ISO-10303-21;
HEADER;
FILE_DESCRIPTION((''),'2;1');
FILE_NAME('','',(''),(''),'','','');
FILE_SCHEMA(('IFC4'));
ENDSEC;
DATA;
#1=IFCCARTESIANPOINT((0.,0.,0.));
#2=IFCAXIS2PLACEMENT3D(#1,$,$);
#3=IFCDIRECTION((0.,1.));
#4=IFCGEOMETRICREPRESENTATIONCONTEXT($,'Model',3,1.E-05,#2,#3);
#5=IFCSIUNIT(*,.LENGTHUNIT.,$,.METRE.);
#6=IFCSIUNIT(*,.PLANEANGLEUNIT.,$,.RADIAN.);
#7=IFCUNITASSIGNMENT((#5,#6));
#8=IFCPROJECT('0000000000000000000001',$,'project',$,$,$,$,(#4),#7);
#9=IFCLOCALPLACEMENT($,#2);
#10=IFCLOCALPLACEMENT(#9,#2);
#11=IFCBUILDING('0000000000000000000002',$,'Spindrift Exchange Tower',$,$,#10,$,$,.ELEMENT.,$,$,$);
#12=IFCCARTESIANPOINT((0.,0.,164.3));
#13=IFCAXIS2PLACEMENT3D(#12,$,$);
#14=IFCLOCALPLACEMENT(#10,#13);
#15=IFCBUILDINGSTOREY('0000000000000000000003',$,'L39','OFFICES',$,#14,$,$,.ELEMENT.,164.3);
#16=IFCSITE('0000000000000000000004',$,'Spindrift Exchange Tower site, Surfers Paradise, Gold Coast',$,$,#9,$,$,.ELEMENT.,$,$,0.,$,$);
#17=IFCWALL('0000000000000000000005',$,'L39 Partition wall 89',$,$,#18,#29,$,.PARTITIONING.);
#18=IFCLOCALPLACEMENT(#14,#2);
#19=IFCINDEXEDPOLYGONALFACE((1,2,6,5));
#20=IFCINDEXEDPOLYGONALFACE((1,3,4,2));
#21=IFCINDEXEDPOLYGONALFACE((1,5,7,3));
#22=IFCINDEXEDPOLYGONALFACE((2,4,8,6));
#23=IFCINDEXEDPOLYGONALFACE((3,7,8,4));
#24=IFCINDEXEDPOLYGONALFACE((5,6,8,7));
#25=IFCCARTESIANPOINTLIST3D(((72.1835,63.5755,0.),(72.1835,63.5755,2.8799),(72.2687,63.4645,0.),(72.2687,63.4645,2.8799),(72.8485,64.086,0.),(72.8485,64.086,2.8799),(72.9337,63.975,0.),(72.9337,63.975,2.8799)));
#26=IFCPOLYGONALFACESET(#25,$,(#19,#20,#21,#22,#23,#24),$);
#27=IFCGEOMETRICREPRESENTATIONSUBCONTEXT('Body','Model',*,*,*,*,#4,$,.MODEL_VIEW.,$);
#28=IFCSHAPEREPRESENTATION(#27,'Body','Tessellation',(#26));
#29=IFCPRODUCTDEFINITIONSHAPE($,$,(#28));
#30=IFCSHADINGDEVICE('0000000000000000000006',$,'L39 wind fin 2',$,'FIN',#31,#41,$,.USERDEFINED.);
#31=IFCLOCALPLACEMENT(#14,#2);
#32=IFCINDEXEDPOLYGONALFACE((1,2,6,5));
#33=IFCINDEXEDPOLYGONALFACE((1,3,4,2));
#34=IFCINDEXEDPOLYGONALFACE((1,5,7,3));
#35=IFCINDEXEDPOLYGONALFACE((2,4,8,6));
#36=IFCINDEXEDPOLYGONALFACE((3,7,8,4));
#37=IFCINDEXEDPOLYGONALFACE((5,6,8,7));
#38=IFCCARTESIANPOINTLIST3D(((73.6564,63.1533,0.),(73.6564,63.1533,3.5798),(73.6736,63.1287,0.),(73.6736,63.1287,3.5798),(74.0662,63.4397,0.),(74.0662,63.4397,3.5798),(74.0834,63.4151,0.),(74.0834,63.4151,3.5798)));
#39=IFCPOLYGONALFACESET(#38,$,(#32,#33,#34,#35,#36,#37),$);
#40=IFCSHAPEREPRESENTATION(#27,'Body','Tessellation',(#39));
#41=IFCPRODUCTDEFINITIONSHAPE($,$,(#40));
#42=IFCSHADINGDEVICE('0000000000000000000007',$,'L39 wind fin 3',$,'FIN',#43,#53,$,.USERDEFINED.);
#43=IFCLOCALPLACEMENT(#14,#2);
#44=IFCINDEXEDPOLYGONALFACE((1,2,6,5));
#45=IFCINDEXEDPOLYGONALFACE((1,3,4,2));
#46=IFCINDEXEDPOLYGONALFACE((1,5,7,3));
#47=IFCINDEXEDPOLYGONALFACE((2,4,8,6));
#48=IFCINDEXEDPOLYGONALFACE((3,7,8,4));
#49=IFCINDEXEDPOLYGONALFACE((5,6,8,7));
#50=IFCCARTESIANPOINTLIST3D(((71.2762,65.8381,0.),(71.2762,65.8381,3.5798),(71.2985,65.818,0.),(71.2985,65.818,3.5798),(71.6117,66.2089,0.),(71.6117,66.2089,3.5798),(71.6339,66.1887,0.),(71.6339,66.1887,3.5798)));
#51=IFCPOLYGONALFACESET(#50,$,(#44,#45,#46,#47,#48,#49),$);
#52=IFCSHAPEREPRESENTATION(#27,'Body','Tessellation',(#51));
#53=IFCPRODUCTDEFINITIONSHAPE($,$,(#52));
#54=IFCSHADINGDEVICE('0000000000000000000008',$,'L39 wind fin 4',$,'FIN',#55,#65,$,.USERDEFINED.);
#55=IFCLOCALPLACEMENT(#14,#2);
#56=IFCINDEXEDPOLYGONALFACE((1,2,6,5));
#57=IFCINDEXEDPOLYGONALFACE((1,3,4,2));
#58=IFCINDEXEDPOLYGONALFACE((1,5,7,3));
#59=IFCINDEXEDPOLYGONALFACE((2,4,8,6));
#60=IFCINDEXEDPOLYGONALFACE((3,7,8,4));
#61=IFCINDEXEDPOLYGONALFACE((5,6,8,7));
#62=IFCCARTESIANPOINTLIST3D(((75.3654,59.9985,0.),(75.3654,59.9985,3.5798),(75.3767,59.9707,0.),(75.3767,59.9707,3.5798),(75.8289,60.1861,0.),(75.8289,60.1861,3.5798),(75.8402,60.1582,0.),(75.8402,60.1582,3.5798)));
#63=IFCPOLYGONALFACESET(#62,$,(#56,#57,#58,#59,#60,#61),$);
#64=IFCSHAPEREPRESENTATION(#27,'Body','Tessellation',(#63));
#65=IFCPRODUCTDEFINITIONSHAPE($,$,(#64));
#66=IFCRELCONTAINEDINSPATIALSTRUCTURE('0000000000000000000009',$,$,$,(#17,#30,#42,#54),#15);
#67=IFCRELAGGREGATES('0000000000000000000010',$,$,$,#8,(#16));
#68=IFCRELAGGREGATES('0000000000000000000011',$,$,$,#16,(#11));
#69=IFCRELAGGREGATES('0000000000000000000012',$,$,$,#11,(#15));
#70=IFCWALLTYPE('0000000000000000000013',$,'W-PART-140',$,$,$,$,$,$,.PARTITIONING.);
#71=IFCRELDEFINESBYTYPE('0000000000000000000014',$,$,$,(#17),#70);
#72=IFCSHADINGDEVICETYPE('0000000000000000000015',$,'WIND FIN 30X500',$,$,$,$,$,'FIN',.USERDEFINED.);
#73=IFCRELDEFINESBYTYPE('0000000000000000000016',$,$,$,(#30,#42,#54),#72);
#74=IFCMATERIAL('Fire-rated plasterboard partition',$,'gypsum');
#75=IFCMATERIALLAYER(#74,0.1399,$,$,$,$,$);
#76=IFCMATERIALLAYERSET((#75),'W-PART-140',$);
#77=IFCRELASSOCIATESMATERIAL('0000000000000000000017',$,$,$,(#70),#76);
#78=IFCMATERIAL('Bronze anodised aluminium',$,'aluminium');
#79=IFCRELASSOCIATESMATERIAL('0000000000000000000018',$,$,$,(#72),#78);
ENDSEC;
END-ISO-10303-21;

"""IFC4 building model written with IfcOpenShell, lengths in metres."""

from ifc_helpers import new_model, si_unit, direction, frame, frame_2d, origin, origin_2d, place, context, subcontext, project, spatial, rectangle, extrude, source, transform, mapped, material, layer, layer_set, material_profile, profile_set, type_object, element, save


model = new_model("IFC4")

# Units and contexts
model_context = context("Model", 3, precision=1e-05, world=origin(), true_north=direction((0.0, 1.0)))
body_context = subcontext(model_context, "Body", "Model", "MODEL_VIEW")
ifc_project = project(units=[si_unit("LENGTHUNIT", "METRE"), si_unit("PLANEANGLEUNIT", "RADIAN")], contexts=[model_context])

# Site, building, storey
site_placement = place(None, origin())
site = spatial("IfcSite", under=ifc_project, at=site_placement, Name="Spindrift Exchange Tower site, Surfers Paradise, Gold Coast", CompositionType="ELEMENT", RefElevation=0.0)
building_placement = place(site_placement, origin())
building = spatial("IfcBuilding", under=site, at=building_placement, Name="Spindrift Exchange Tower", CompositionType="ELEMENT")
storey_placement = place(building_placement, frame((0.0, 0.0, 164.3)))
storey = spatial("IfcBuildingStorey", under=building, at=storey_placement, Name="L39", Description="OFFICES", CompositionType="ELEMENT", Elevation=164.3)

# Shared definitions
ifc_material_1 = material(Name="Bronze anodised aluminium", Category="aluminium")

# Wall
ifc_material_2 = material(Name="Fire-rated plasterboard partition", Category="gypsum")
ifc_layer_1 = layer(ifc_material_2, 0.1399)
ifc_layer_set_1 = layer_set([ifc_layer_1], Name="W-PART-140")
wall_type = type_object("IfcWallType", Name="W-PART-140", PredefinedType="PARTITIONING", material=ifc_layer_set_1)
wall_1_placement = place(storey_placement, frame((72.2261, 63.52, 0.0), z_axis=(0.0, 0.0, 1.0), x_axis=(0.793241, 0.608908, 0.0)))
element("IfcWall", 1, at=wall_1_placement, inside=storey, type_object=wall_type, Name="L39 Partition wall 89", PredefinedType="PARTITIONING", context=body_context, shape_type="SweptSolid", body=[
    extrude(rectangle(XDim=0.8384, YDim=0.1399, at=frame_2d((0.4192, 0.0))), origin(), (0.0, 0.0, 1.0), 2.8799),
])

# Shading devices
ifc_material_profile_1 = material_profile(ifc_material_1, rectangle(XDim=0.03, YDim=0.5, at=origin_2d()), Name="WIND FIN 30X500")
ifc_profile_set_1 = profile_set([ifc_material_profile_1], Name="Bronze anodised aluminium")
shading_device_type = type_object("IfcShadingDeviceType", Name="WIND FIN 30X500", ElementType="FIN", PredefinedType="USERDEFINED", material=ifc_profile_set_1)
shared_shape_1 = source(origin(), body_context, "Body", "SweptSolid", [
    extrude(rectangle(XDim=0.03, YDim=0.5, at=origin_2d()), origin(), (0.0, 0.0, 1.0), 3.5798),
])
for number, where, z_axis, x_axis, name in (
    (2, (73.8699, 63.2842, 0.0), (0.0, 0.0, 1.0), (-0.572837, 0.819669, 0.0), "L39 wind fin 2"),
    (3, (71.4551, 66.0134, 0.0), (0.0, 0.0, 1.0), (-0.741569, 0.670877, 0.0), "L39 wind fin 3"),
    (4, (75.6028, 60.0784, 0.0), (0.0, 0.0, 1.0), (-0.375124, 0.926974, 0.0), "L39 wind fin 4"),
):
    element("IfcShadingDevice", number, at=place(storey_placement, frame(where, z_axis=z_axis, x_axis=x_axis)), inside=storey, type_object=shading_device_type, Name=name, ObjectType="FIN", PredefinedType="USERDEFINED", context=body_context, shape_type="MappedRepresentation", body=[
        mapped(shared_shape_1, transform((0.0, 0.0, 0.0), scale=1.0)),
    ])

save(model, "model.ifc")
